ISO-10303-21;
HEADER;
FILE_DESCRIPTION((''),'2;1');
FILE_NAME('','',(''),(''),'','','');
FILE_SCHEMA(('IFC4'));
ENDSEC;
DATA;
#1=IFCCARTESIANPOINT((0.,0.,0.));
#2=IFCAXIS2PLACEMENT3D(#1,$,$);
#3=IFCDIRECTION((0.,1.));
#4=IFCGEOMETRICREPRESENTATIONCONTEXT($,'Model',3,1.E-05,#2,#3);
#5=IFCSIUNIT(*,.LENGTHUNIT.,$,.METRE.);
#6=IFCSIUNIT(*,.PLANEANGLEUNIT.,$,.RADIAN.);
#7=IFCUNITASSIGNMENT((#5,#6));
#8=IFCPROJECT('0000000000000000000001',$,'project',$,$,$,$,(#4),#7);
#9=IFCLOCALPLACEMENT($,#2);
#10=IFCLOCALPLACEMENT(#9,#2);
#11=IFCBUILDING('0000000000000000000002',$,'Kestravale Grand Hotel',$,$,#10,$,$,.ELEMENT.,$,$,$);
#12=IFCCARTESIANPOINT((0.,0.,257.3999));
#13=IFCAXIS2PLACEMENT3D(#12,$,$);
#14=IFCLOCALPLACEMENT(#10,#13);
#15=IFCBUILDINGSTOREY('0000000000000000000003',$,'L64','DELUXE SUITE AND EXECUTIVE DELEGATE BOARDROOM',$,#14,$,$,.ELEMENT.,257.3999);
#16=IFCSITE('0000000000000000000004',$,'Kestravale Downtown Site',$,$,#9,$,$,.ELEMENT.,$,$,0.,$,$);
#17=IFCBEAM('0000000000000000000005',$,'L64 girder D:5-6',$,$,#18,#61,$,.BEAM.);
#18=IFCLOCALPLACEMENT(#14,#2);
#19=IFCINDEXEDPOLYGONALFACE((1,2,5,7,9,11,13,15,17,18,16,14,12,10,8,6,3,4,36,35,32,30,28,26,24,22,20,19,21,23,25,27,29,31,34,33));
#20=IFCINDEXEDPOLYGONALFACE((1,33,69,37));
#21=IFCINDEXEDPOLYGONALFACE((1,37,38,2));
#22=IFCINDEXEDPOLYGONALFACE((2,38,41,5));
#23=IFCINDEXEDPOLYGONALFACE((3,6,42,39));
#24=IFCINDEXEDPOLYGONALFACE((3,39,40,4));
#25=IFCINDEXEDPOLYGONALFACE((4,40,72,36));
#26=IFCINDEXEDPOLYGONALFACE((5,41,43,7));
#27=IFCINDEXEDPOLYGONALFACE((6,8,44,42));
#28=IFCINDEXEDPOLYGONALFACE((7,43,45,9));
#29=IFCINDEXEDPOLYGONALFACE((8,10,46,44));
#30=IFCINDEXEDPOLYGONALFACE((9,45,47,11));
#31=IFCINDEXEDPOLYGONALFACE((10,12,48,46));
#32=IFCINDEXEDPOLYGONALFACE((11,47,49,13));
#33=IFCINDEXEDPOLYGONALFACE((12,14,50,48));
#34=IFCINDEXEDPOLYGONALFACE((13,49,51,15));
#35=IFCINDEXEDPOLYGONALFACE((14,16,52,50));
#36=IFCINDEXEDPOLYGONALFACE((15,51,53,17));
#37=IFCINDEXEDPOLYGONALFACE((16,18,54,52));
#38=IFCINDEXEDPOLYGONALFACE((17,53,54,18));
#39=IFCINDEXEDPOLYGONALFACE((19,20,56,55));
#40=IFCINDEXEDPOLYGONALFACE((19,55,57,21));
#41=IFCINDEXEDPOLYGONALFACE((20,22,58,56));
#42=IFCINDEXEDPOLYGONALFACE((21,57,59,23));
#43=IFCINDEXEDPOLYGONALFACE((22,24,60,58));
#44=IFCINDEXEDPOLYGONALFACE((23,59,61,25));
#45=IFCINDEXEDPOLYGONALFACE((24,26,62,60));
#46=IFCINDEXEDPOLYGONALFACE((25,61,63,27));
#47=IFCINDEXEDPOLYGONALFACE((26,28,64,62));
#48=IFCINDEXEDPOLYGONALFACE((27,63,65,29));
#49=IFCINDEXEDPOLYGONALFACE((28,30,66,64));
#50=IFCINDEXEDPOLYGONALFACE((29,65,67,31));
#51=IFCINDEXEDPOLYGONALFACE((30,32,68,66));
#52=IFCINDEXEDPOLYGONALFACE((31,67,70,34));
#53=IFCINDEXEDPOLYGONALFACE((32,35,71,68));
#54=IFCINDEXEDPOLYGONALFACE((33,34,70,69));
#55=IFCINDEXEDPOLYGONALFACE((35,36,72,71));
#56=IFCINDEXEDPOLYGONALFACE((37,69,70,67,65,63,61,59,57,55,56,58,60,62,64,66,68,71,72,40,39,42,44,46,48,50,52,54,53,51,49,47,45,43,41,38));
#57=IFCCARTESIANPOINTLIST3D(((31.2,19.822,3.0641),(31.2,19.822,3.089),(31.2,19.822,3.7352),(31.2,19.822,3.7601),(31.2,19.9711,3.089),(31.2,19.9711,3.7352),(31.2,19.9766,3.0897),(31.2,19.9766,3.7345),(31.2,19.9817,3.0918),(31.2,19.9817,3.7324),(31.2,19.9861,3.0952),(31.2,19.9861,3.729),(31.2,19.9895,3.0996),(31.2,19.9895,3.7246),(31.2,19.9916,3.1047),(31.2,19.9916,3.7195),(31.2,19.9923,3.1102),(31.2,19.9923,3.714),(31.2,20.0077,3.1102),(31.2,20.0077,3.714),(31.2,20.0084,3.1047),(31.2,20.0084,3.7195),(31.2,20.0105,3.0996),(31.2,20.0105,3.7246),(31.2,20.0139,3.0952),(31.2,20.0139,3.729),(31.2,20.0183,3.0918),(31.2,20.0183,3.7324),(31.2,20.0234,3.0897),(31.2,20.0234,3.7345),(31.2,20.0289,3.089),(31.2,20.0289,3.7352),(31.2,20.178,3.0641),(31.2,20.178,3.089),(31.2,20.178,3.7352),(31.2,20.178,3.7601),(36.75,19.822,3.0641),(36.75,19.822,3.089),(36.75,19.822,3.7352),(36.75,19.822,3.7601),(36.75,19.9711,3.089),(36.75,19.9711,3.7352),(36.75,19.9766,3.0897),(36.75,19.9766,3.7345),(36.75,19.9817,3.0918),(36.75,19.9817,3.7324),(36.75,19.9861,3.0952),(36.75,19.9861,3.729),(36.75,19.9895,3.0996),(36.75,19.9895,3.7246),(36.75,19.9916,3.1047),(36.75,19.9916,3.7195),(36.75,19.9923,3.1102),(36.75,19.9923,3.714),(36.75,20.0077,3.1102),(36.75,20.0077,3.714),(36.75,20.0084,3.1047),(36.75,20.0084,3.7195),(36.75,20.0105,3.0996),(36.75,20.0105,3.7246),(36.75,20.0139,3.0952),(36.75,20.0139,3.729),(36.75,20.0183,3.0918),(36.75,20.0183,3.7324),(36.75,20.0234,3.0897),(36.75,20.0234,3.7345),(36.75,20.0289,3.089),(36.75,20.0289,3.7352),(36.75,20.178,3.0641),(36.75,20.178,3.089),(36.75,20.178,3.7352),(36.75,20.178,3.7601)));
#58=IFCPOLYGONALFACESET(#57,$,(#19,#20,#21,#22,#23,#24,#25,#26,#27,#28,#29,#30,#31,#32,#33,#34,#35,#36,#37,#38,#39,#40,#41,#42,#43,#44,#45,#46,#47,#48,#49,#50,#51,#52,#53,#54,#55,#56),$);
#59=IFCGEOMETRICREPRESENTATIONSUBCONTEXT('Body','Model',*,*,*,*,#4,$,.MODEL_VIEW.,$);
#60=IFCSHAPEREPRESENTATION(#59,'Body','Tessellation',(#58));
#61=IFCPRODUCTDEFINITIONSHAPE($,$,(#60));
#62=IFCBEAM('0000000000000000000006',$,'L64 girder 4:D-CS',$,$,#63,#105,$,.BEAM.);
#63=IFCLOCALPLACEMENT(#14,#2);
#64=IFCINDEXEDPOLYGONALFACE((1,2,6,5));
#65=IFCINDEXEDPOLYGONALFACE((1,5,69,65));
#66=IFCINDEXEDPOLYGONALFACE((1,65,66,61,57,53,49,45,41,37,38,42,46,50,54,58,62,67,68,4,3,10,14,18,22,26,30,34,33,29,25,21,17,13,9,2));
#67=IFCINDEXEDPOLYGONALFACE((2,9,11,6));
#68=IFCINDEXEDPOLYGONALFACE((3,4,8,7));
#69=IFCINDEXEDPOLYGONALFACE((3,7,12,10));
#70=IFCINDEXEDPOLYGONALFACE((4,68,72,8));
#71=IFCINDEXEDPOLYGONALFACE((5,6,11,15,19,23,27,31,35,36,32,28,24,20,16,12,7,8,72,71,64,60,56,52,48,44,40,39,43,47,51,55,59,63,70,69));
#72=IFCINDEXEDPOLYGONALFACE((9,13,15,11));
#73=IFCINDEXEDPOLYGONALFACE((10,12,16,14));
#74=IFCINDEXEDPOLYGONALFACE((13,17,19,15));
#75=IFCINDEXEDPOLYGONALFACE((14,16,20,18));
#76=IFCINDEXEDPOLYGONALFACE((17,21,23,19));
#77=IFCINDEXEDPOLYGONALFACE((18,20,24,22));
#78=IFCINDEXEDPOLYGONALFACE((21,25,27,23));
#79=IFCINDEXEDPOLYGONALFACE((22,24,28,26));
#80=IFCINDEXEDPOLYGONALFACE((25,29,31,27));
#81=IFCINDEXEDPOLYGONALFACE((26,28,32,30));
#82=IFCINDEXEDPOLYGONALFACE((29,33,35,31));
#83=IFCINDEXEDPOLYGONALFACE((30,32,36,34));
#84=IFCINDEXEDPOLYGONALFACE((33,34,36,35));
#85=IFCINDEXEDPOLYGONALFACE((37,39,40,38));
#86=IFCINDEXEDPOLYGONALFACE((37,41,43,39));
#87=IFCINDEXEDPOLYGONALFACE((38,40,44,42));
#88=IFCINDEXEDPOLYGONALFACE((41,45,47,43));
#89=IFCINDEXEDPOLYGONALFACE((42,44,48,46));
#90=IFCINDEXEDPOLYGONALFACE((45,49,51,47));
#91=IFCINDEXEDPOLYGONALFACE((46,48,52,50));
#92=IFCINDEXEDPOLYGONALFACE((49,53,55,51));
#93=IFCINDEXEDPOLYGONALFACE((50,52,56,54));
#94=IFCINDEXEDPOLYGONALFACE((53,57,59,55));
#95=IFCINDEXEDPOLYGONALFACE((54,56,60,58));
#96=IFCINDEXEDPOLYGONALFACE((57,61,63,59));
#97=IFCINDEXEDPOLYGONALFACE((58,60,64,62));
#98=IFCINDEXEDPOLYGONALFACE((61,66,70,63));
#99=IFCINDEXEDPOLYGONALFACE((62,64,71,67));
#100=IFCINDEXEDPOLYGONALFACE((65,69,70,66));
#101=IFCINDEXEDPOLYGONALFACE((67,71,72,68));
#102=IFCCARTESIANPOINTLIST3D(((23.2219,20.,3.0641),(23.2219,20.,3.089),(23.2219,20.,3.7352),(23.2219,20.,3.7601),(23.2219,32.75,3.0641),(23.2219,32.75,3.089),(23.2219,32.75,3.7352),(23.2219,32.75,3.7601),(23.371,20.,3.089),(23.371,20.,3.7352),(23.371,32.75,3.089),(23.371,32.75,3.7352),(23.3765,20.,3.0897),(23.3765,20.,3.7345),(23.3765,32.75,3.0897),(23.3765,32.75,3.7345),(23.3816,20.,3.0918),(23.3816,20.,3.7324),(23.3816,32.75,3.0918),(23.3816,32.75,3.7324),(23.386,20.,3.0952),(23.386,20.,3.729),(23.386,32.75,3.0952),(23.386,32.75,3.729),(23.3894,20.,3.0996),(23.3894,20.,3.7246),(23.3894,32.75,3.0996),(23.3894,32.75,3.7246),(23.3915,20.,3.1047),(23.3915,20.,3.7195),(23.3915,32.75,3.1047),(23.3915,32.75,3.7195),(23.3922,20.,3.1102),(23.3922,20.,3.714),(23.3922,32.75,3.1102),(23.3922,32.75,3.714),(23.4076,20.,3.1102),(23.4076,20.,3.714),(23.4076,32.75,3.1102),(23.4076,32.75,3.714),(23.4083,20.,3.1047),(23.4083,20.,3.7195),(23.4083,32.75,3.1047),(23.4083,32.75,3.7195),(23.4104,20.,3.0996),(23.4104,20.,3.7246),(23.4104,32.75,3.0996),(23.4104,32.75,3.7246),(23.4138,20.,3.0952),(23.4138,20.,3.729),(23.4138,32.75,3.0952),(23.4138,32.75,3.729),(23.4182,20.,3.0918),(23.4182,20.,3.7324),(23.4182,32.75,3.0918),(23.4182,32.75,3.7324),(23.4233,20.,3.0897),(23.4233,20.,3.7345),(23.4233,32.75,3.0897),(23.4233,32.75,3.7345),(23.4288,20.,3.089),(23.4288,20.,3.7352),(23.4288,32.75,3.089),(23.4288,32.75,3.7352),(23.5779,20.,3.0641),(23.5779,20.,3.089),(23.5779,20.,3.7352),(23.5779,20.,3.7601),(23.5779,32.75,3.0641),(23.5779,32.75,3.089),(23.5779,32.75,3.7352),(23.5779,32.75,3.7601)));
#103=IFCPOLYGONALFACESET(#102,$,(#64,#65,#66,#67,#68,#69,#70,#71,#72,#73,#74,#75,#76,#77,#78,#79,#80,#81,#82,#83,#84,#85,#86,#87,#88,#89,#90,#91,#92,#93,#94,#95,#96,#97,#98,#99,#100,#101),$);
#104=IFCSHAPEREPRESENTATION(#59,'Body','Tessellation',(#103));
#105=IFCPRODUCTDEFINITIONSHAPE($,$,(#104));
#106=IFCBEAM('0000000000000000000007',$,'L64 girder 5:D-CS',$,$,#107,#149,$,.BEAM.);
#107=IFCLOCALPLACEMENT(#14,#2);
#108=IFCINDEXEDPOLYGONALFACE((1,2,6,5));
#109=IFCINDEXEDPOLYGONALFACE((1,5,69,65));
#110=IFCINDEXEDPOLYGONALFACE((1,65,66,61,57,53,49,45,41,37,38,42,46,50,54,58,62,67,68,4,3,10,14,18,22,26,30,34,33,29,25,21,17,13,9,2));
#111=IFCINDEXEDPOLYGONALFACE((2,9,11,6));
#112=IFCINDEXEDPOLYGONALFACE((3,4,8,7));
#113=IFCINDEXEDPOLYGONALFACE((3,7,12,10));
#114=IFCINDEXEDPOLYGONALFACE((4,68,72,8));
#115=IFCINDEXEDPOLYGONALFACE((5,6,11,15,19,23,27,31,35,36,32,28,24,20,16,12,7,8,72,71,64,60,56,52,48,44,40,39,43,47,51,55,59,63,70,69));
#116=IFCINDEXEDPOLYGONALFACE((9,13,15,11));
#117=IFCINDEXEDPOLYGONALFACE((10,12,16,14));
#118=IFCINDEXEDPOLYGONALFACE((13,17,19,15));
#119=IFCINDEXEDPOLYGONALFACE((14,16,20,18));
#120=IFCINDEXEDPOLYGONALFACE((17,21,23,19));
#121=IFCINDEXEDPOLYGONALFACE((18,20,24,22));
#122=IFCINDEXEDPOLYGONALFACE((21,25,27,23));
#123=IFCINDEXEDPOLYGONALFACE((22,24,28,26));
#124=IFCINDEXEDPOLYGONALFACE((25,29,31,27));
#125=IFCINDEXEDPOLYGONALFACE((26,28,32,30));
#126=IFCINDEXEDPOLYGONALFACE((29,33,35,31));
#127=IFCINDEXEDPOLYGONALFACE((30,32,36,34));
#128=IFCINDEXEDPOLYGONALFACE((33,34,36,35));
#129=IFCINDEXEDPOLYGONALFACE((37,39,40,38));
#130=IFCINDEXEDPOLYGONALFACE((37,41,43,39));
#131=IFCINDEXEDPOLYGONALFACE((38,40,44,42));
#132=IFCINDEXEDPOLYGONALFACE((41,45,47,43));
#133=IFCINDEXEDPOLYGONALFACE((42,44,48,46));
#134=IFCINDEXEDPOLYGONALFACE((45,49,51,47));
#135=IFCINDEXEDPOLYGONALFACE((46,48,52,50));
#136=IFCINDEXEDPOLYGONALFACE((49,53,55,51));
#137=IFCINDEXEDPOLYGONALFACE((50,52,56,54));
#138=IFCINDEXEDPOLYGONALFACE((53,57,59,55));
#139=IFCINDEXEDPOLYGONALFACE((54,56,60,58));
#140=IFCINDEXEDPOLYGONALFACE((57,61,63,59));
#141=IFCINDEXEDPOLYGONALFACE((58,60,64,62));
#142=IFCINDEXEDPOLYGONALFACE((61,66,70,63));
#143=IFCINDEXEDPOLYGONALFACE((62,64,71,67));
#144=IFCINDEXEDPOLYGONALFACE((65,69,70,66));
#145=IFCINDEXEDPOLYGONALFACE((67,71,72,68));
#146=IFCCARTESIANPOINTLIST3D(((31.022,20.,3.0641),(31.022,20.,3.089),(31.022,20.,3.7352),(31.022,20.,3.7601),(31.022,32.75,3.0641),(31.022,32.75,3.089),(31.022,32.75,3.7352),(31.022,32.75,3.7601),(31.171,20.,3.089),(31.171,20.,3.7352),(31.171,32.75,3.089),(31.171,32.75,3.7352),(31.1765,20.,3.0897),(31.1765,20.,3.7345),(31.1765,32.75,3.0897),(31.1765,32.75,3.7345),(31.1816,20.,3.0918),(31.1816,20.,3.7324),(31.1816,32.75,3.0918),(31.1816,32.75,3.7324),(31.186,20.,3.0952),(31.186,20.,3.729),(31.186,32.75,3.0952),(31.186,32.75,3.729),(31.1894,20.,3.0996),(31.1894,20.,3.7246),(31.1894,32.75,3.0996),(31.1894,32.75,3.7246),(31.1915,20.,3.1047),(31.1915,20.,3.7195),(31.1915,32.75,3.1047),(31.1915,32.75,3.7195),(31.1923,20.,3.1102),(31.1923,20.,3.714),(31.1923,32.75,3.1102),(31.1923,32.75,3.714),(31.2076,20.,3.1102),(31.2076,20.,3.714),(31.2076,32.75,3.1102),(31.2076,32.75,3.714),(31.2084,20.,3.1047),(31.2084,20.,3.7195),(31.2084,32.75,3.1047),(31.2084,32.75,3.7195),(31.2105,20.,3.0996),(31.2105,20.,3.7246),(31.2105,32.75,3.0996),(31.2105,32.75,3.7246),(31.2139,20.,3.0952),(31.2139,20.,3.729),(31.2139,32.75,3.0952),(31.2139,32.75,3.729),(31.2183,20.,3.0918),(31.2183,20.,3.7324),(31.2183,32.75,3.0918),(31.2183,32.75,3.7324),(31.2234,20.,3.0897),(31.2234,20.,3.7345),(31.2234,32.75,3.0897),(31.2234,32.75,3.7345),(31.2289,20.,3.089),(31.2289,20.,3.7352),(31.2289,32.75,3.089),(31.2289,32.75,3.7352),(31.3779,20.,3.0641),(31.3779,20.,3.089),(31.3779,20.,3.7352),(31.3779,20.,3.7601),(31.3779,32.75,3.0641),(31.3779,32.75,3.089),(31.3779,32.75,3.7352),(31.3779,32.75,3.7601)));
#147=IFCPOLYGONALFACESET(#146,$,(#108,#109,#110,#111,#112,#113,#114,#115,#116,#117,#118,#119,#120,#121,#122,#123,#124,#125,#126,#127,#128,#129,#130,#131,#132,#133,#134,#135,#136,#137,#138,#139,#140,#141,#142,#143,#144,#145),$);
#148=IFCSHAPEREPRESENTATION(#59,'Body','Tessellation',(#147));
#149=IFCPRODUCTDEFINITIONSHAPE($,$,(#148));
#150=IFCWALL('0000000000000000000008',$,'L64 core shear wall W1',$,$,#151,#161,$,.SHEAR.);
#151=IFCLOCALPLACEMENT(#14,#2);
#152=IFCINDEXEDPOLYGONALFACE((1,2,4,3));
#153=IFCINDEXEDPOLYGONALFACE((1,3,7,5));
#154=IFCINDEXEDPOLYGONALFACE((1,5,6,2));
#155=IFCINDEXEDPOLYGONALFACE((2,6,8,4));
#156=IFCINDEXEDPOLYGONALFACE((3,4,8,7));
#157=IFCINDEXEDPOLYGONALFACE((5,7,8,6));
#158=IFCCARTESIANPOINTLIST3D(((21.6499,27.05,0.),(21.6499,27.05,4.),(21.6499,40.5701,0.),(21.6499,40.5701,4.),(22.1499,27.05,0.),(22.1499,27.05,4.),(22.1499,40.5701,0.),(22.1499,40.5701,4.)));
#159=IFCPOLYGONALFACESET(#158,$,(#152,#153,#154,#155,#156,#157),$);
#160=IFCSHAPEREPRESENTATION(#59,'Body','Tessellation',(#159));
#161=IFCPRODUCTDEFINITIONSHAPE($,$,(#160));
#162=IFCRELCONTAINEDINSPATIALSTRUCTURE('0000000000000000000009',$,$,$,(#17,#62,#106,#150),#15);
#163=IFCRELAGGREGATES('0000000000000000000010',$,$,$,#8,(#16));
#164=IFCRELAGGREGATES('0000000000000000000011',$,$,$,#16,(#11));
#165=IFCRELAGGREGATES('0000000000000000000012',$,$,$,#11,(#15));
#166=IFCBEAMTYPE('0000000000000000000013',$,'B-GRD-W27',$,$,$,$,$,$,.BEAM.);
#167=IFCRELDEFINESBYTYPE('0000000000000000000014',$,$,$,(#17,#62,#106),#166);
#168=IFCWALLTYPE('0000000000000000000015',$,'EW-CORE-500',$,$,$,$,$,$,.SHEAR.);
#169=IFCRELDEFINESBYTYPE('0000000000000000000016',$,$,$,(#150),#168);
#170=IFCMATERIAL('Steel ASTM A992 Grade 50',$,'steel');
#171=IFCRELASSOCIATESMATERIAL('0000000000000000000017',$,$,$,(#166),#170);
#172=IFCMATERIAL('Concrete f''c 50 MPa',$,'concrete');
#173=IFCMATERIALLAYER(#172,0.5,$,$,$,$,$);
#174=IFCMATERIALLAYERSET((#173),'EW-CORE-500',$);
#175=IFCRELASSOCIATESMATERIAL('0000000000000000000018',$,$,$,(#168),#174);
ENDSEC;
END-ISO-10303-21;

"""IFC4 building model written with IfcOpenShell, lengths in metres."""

from ifc_helpers import new_model, si_unit, direction, frame, frame_2d, origin, origin_2d, place, context, subcontext, project, spatial, rectangle, i_section, extrude, material, layer, layer_set, material_profile, profile_set, type_object, element, save


model = new_model("IFC4")

# Units and contexts
model_context = context("Model", 3, precision=1e-05, world=origin(), true_north=direction((0.0, 1.0)))
body_context = subcontext(model_context, "Body", "Model", "MODEL_VIEW")
ifc_project = project(units=[si_unit("LENGTHUNIT", "METRE"), si_unit("PLANEANGLEUNIT", "RADIAN")], contexts=[model_context])

# Site, building, storey
site_placement = place(None, origin())
site = spatial("IfcSite", under=ifc_project, at=site_placement, Name="Kestravale Downtown Site", CompositionType="ELEMENT", RefElevation=0.0)
building_placement = place(site_placement, origin())
building = spatial("IfcBuilding", under=site, at=building_placement, Name="Kestravale Grand Hotel", CompositionType="ELEMENT")
storey_placement = place(building_placement, frame((0.0, 0.0, 257.3999)))
storey = spatial("IfcBuildingStorey", under=building, at=storey_placement, Name="L64", Description="DELUXE SUITE AND EXECUTIVE DELEGATE BOARDROOM", CompositionType="ELEMENT", Elevation=257.3999)

# Beams
ifc_material_1 = material(Name="Steel ASTM A992 Grade 50", Category="steel")
ifc_material_profile_1 = material_profile(ifc_material_1, i_section(OverallWidth=0.356, OverallDepth=0.696, WebThickness=0.0154, FlangeThickness=0.0249, FilletRadius=0.0212, at=origin_2d()))
ifc_profile_set_1 = profile_set([ifc_material_profile_1], Name="Steel ASTM A992 Grade 50")
beam_type = type_object("IfcBeamType", Name="B-GRD-W27", PredefinedType="BEAM", material=ifc_profile_set_1)
beam_1_placement = place(storey_placement, frame((31.2, 20.0, 3.4121), z_axis=(1.0, 0.0, 0.0), x_axis=(0.0, 1.0, 0.0)))
element("IfcBeam", 1, at=beam_1_placement, inside=storey, type_object=beam_type, Name="L64 girder D:5-6", PredefinedType="BEAM", context=body_context, shape_type="SweptSolid", body=[
    extrude(i_section(OverallWidth=0.356, OverallDepth=0.696, WebThickness=0.0154, FlangeThickness=0.0249, FilletRadius=0.0212, at=origin_2d()), origin(), (0.0, 0.0, 1.0), 5.55),
])
for number, where, z_axis, x_axis, name in (
    (2, (23.3999, 20.0, 3.4121), (0.0, 1.0, 0.0), (-1.0, 0.0, 0.0), "L64 girder 4:D-CS"),
    (3, (31.2, 20.0, 3.4121), (0.0, 1.0, 0.0), (-1.0, 0.0, 0.0), "L64 girder 5:D-CS"),
):
    element("IfcBeam", number, at=place(storey_placement, frame(where, z_axis=z_axis, x_axis=x_axis)), inside=storey, type_object=beam_type, Name=name, PredefinedType="BEAM", context=body_context, shape_type="SweptSolid", body=[
        extrude(i_section(OverallWidth=0.356, OverallDepth=0.696, WebThickness=0.0154, FlangeThickness=0.0249, FilletRadius=0.0212, at=origin_2d()), origin(), (0.0, 0.0, 1.0), 12.75),
    ])

# Wall
ifc_material_2 = material(Name="Concrete f'c 50 MPa", Category="concrete")
ifc_layer_1 = layer(ifc_material_2, 0.5)
ifc_layer_set_1 = layer_set([ifc_layer_1], Name="EW-CORE-500")
wall_type_1 = type_object("IfcWallType", Name="EW-CORE-500", PredefinedType="SHEAR", material=ifc_layer_set_1)
wall_1_placement = place(storey_placement, frame((21.8999, 27.05, 0.0), z_axis=(0.0, 0.0, 1.0), x_axis=(0.0, 1.0, 0.0)))
element("IfcWall", 4, at=wall_1_placement, inside=storey, type_object=wall_type_1, Name="L64 core shear wall W1", PredefinedType="SHEAR", context=body_context, shape_type="SweptSolid", body=[
    extrude(rectangle(XDim=13.52, YDim=0.5, at=frame_2d((6.76, 0.0))), origin(), (0.0, 0.0, 1.0), 4.0),
])

save(model, "model.ifc")
